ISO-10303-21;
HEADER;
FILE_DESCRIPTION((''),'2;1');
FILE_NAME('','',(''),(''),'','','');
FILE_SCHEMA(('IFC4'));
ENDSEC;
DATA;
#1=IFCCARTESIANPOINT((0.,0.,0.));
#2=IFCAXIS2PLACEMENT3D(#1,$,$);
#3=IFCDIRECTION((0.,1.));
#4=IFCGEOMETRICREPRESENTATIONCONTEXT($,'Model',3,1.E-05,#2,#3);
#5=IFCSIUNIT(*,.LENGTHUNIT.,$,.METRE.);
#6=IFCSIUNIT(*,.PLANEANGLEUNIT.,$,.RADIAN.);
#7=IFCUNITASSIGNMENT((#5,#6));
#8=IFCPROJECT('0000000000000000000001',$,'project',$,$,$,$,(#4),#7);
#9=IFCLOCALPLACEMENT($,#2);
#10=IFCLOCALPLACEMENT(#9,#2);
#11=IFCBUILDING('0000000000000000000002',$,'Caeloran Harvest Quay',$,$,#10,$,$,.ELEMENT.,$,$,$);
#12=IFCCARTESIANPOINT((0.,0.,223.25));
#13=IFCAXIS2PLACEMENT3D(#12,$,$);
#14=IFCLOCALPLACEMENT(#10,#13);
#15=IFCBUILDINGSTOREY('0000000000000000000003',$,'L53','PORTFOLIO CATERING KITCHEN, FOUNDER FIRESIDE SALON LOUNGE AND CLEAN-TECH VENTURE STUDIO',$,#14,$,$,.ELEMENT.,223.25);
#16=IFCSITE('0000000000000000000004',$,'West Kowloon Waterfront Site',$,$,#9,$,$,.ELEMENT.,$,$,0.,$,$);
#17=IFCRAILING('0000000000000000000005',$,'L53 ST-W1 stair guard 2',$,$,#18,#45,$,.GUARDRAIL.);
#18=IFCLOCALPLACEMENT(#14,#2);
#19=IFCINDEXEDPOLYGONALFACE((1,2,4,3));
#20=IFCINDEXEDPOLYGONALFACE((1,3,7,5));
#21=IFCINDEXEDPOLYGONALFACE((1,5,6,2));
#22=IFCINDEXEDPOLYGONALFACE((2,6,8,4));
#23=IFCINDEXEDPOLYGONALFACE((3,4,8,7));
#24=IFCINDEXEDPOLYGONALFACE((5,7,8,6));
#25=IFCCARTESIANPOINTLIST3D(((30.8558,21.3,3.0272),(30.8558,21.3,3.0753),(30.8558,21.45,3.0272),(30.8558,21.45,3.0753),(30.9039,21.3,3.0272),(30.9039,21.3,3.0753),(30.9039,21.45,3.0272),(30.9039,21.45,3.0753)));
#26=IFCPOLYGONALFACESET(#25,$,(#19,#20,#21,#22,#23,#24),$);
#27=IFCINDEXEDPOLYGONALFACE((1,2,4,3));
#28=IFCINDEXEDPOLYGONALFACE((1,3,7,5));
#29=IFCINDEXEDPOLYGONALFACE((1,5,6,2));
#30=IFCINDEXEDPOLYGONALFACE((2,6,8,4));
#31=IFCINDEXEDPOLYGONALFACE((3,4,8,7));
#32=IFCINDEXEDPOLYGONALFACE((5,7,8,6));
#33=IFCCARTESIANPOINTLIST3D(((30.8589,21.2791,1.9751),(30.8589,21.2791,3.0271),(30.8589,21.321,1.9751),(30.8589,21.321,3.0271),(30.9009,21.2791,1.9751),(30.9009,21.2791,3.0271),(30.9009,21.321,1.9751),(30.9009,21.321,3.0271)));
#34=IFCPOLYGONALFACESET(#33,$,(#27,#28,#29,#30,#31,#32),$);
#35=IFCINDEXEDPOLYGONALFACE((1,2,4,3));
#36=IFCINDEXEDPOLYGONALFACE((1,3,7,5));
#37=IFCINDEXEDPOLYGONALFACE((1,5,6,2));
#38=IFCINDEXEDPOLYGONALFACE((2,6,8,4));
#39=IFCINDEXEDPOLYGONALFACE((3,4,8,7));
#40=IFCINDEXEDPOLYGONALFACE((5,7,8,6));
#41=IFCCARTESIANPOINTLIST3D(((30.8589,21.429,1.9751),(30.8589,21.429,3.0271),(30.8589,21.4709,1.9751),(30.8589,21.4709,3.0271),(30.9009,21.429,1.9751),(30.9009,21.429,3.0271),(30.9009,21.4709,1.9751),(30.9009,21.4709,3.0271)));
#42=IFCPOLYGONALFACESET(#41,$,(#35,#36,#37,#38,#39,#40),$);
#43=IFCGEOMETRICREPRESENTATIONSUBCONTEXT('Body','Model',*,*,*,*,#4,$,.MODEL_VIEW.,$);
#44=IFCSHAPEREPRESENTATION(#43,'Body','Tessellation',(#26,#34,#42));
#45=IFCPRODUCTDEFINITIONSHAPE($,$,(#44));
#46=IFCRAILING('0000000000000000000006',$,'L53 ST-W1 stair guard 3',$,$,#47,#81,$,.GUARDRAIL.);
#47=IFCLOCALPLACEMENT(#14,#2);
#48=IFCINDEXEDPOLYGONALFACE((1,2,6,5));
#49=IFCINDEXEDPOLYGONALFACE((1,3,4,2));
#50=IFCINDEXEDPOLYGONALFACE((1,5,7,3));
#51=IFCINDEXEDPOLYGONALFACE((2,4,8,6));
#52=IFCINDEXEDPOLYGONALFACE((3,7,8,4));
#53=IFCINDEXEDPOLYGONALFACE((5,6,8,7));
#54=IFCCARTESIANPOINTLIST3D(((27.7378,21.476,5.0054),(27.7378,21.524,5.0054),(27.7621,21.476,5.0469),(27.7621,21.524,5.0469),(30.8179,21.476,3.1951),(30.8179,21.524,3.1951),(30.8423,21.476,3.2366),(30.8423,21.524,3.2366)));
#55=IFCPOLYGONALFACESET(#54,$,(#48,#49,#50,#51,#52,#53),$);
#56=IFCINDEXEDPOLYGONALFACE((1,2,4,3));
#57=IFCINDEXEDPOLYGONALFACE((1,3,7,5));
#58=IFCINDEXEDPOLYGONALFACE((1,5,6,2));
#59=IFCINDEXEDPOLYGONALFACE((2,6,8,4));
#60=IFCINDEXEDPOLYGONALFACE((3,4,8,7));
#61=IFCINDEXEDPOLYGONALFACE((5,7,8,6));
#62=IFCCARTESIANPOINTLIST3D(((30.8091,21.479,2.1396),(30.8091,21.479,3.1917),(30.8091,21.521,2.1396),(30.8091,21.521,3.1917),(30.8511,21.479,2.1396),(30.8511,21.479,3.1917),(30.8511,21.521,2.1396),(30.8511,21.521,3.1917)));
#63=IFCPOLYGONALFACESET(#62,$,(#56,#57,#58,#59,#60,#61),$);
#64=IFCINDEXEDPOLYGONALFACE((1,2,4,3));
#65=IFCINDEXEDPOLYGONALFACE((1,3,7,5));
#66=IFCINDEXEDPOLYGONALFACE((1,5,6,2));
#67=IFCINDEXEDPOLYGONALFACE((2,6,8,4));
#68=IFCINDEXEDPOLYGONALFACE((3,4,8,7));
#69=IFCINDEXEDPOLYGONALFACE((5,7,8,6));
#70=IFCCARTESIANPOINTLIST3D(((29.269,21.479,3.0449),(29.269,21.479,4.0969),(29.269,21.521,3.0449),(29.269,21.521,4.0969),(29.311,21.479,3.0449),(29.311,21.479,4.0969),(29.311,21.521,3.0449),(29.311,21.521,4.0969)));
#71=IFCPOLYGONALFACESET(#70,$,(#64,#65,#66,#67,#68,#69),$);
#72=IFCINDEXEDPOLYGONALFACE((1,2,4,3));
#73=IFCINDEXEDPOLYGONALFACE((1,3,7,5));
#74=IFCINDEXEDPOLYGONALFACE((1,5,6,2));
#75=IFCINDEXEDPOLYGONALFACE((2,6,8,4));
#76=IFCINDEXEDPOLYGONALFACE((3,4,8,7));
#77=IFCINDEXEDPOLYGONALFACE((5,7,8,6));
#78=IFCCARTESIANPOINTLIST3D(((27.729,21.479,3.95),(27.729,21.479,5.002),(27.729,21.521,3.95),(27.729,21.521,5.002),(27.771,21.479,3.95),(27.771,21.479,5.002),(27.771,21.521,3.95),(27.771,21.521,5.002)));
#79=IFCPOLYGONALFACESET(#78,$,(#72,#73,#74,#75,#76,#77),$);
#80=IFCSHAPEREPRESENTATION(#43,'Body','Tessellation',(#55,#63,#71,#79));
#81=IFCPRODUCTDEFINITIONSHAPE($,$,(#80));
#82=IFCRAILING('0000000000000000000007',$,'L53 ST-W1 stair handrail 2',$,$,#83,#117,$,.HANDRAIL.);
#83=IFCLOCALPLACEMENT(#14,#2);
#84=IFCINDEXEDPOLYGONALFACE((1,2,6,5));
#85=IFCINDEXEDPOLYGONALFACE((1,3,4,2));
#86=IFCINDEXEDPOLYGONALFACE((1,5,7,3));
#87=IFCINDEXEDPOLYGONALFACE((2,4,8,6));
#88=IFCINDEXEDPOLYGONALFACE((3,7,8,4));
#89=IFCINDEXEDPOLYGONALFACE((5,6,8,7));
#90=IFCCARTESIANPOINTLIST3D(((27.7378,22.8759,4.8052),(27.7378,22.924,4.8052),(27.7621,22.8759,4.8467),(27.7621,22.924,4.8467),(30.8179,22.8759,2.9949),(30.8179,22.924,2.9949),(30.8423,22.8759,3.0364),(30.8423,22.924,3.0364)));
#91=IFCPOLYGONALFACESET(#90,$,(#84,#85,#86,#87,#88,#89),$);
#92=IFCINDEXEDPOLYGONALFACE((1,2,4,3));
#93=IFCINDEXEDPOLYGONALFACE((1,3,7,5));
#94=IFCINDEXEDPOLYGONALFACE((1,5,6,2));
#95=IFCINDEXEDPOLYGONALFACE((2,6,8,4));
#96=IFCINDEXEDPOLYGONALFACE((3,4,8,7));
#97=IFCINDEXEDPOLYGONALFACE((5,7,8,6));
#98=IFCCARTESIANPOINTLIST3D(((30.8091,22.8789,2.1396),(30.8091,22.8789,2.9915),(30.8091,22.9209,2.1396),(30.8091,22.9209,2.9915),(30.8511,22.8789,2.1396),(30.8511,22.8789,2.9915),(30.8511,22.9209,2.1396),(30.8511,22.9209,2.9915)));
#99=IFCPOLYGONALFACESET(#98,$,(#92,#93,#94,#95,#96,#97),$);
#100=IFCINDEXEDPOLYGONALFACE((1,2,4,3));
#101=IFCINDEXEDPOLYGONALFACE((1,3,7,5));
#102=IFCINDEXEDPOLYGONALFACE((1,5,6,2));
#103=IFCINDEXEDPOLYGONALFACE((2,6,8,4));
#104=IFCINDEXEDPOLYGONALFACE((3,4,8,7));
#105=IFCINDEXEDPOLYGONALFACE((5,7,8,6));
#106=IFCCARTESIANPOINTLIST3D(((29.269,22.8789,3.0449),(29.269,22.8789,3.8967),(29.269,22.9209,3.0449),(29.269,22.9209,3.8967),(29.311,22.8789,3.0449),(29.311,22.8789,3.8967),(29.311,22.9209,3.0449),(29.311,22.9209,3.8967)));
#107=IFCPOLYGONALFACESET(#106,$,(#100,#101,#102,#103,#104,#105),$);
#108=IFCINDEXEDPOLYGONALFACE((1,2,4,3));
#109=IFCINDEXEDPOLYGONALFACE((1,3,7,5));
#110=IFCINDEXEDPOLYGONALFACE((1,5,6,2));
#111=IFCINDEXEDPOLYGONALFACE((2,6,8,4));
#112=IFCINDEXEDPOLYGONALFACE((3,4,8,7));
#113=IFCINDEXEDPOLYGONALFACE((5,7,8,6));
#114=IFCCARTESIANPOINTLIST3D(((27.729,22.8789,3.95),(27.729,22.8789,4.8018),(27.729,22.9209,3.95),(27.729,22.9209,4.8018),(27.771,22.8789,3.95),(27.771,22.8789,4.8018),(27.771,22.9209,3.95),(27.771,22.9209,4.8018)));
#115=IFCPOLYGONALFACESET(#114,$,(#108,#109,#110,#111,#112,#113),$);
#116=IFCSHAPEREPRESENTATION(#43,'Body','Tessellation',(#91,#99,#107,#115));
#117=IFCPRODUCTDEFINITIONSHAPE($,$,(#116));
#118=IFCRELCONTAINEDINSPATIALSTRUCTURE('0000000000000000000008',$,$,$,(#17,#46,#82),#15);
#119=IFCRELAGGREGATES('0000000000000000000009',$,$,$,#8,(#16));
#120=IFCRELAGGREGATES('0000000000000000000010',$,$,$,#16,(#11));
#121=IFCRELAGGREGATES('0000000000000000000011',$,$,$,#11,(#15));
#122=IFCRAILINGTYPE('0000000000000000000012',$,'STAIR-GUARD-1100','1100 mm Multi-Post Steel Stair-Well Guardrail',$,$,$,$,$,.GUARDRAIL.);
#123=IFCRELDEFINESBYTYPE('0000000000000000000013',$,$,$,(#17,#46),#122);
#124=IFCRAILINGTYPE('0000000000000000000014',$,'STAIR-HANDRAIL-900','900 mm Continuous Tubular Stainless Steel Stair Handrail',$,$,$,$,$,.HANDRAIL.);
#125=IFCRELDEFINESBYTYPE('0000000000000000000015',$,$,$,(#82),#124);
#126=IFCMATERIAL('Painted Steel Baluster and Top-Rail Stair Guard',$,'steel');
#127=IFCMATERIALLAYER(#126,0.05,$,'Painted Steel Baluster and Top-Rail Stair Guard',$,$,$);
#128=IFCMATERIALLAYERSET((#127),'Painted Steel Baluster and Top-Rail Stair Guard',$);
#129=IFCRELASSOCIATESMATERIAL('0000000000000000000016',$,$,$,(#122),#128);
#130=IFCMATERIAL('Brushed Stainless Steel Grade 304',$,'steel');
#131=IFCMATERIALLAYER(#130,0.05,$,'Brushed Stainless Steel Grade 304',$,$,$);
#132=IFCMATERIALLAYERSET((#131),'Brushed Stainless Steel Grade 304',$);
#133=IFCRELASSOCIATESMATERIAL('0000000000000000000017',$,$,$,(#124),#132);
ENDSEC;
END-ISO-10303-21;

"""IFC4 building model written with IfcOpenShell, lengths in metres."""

from ifc_helpers import new_model, si_unit, direction, frame, origin, origin_2d, place, context, subcontext, project, spatial, rectangle, extrude, material, layer, layer_set, type_object, element, save


model = new_model("IFC4")

# Units and contexts
model_context = context("Model", 3, precision=1e-05, world=origin(), true_north=direction((0.0, 1.0)))
body_context = subcontext(model_context, "Body", "Model", "MODEL_VIEW")
ifc_project = project(units=[si_unit("LENGTHUNIT", "METRE"), si_unit("PLANEANGLEUNIT", "RADIAN")], contexts=[model_context])

# Site, building, storey
site_placement = place(None, origin())
site = spatial("IfcSite", under=ifc_project, at=site_placement, Name="West Kowloon Waterfront Site", CompositionType="ELEMENT", RefElevation=0.0)
building_placement = place(site_placement, origin())
building = spatial("IfcBuilding", under=site, at=building_placement, Name="Caeloran Harvest Quay", CompositionType="ELEMENT")
storey_placement = place(building_placement, frame((0.0, 0.0, 223.25)))
storey = spatial("IfcBuildingStorey", under=building, at=storey_placement, Name="L53", Description="PORTFOLIO CATERING KITCHEN, FOUNDER FIRESIDE SALON LOUNGE AND CLEAN-TECH VENTURE STUDIO", CompositionType="ELEMENT", Elevation=223.25)

# Railings
ifc_material_1 = material(Name="Painted Steel Baluster and Top-Rail Stair Guard", Category="steel")
ifc_layer_1 = layer(ifc_material_1, 0.05, Name="Painted Steel Baluster and Top-Rail Stair Guard")
ifc_layer_set_1 = layer_set([ifc_layer_1], Name="Painted Steel Baluster and Top-Rail Stair Guard")
railing_type_1 = type_object("IfcRailingType", Name="STAIR-GUARD-1100", Description="1100 mm Multi-Post Steel Stair-Well Guardrail", PredefinedType="GUARDRAIL", material=ifc_layer_set_1)
railing_1_placement = place(storey_placement, frame((30.8799, 21.3, 1.9751)))
element("IfcRailing", 1, at=railing_1_placement, inside=storey, type_object=railing_type_1, Name="L53 ST-W1 stair guard 2", PredefinedType="GUARDRAIL", context=body_context, shape_type="SweptSolid", body=[
    extrude(rectangle(XDim=0.0481, YDim=0.0481, at=origin_2d()), frame((0.0, 0.0, 1.0762), z_axis=(0.0, 1.0, 0.0), x_axis=(-1.0, 0.0, 0.0)), (0.0, 0.0, 1.0), 0.1499),
    extrude(rectangle(XDim=0.042, YDim=0.042, at=origin_2d()), origin(), (0.0, 0.0, 1.0), 1.052),
    extrude(rectangle(XDim=0.042, YDim=0.042, at=origin_2d()), frame((0.0, 0.1499, 0.0)), (0.0, 0.0, 1.0), 1.052),
])
railing_2_placement = place(storey_placement, frame((30.8301, 21.5, 2.1396)))
element("IfcRailing", 2, at=railing_2_placement, inside=storey, type_object=railing_type_1, Name="L53 ST-W1 stair guard 3", PredefinedType="GUARDRAIL", context=body_context, shape_type="SweptSolid", body=[
    extrude(rectangle(XDim=0.0481, YDim=0.0481, at=origin_2d()), frame((0.0, 0.0, 1.0762), z_axis=(-0.862119, 0.0, 0.506707), x_axis=(0.0, -1.0, 0.0)), (0.0, 0.0, 1.0), 3.5728),
    extrude(rectangle(XDim=0.042, YDim=0.042, at=origin_2d()), origin(), (0.0, 0.0, 1.0), 1.052),
    extrude(rectangle(XDim=0.042, YDim=0.042, at=origin_2d()), frame((-1.54, 0.0, 0.9053)), (0.0, 0.0, 1.0), 1.052),
    extrude(rectangle(XDim=0.042, YDim=0.042, at=origin_2d()), frame((-3.0801, 0.0, 1.8103)), (0.0, 0.0, 1.0), 1.052),
])
ifc_material_2 = material(Name="Brushed Stainless Steel Grade 304", Category="steel")
ifc_layer_2 = layer(ifc_material_2, 0.05, Name="Brushed Stainless Steel Grade 304")
ifc_layer_set_2 = layer_set([ifc_layer_2], Name="Brushed Stainless Steel Grade 304")
railing_type_2 = type_object("IfcRailingType", Name="STAIR-HANDRAIL-900", Description="900 mm Continuous Tubular Stainless Steel Stair Handrail", PredefinedType="HANDRAIL", material=ifc_layer_set_2)
railing_3_placement = place(storey_placement, frame((30.8301, 22.8999, 2.1396)))
element("IfcRailing", 3, at=railing_3_placement, inside=storey, type_object=railing_type_2, Name="L53 ST-W1 stair handrail 2", PredefinedType="HANDRAIL", context=body_context, shape_type="SweptSolid", body=[
    extrude(rectangle(XDim=0.0481, YDim=0.0481, at=origin_2d()), frame((0.0, 0.0, 0.876), z_axis=(-0.862119, 0.0, 0.506707), x_axis=(0.0, -1.0, 0.0)), (0.0, 0.0, 1.0), 3.5728),
    extrude(rectangle(XDim=0.042, YDim=0.042, at=origin_2d()), origin(), (0.0, 0.0, 1.0), 0.8518),
    extrude(rectangle(XDim=0.042, YDim=0.042, at=origin_2d()), frame((-1.54, 0.0, 0.9053)), (0.0, 0.0, 1.0), 0.8518),
    extrude(rectangle(XDim=0.042, YDim=0.042, at=origin_2d()), frame((-3.0801, 0.0, 1.8103)), (0.0, 0.0, 1.0), 0.8518),
])

save(model, "model.ifc")
